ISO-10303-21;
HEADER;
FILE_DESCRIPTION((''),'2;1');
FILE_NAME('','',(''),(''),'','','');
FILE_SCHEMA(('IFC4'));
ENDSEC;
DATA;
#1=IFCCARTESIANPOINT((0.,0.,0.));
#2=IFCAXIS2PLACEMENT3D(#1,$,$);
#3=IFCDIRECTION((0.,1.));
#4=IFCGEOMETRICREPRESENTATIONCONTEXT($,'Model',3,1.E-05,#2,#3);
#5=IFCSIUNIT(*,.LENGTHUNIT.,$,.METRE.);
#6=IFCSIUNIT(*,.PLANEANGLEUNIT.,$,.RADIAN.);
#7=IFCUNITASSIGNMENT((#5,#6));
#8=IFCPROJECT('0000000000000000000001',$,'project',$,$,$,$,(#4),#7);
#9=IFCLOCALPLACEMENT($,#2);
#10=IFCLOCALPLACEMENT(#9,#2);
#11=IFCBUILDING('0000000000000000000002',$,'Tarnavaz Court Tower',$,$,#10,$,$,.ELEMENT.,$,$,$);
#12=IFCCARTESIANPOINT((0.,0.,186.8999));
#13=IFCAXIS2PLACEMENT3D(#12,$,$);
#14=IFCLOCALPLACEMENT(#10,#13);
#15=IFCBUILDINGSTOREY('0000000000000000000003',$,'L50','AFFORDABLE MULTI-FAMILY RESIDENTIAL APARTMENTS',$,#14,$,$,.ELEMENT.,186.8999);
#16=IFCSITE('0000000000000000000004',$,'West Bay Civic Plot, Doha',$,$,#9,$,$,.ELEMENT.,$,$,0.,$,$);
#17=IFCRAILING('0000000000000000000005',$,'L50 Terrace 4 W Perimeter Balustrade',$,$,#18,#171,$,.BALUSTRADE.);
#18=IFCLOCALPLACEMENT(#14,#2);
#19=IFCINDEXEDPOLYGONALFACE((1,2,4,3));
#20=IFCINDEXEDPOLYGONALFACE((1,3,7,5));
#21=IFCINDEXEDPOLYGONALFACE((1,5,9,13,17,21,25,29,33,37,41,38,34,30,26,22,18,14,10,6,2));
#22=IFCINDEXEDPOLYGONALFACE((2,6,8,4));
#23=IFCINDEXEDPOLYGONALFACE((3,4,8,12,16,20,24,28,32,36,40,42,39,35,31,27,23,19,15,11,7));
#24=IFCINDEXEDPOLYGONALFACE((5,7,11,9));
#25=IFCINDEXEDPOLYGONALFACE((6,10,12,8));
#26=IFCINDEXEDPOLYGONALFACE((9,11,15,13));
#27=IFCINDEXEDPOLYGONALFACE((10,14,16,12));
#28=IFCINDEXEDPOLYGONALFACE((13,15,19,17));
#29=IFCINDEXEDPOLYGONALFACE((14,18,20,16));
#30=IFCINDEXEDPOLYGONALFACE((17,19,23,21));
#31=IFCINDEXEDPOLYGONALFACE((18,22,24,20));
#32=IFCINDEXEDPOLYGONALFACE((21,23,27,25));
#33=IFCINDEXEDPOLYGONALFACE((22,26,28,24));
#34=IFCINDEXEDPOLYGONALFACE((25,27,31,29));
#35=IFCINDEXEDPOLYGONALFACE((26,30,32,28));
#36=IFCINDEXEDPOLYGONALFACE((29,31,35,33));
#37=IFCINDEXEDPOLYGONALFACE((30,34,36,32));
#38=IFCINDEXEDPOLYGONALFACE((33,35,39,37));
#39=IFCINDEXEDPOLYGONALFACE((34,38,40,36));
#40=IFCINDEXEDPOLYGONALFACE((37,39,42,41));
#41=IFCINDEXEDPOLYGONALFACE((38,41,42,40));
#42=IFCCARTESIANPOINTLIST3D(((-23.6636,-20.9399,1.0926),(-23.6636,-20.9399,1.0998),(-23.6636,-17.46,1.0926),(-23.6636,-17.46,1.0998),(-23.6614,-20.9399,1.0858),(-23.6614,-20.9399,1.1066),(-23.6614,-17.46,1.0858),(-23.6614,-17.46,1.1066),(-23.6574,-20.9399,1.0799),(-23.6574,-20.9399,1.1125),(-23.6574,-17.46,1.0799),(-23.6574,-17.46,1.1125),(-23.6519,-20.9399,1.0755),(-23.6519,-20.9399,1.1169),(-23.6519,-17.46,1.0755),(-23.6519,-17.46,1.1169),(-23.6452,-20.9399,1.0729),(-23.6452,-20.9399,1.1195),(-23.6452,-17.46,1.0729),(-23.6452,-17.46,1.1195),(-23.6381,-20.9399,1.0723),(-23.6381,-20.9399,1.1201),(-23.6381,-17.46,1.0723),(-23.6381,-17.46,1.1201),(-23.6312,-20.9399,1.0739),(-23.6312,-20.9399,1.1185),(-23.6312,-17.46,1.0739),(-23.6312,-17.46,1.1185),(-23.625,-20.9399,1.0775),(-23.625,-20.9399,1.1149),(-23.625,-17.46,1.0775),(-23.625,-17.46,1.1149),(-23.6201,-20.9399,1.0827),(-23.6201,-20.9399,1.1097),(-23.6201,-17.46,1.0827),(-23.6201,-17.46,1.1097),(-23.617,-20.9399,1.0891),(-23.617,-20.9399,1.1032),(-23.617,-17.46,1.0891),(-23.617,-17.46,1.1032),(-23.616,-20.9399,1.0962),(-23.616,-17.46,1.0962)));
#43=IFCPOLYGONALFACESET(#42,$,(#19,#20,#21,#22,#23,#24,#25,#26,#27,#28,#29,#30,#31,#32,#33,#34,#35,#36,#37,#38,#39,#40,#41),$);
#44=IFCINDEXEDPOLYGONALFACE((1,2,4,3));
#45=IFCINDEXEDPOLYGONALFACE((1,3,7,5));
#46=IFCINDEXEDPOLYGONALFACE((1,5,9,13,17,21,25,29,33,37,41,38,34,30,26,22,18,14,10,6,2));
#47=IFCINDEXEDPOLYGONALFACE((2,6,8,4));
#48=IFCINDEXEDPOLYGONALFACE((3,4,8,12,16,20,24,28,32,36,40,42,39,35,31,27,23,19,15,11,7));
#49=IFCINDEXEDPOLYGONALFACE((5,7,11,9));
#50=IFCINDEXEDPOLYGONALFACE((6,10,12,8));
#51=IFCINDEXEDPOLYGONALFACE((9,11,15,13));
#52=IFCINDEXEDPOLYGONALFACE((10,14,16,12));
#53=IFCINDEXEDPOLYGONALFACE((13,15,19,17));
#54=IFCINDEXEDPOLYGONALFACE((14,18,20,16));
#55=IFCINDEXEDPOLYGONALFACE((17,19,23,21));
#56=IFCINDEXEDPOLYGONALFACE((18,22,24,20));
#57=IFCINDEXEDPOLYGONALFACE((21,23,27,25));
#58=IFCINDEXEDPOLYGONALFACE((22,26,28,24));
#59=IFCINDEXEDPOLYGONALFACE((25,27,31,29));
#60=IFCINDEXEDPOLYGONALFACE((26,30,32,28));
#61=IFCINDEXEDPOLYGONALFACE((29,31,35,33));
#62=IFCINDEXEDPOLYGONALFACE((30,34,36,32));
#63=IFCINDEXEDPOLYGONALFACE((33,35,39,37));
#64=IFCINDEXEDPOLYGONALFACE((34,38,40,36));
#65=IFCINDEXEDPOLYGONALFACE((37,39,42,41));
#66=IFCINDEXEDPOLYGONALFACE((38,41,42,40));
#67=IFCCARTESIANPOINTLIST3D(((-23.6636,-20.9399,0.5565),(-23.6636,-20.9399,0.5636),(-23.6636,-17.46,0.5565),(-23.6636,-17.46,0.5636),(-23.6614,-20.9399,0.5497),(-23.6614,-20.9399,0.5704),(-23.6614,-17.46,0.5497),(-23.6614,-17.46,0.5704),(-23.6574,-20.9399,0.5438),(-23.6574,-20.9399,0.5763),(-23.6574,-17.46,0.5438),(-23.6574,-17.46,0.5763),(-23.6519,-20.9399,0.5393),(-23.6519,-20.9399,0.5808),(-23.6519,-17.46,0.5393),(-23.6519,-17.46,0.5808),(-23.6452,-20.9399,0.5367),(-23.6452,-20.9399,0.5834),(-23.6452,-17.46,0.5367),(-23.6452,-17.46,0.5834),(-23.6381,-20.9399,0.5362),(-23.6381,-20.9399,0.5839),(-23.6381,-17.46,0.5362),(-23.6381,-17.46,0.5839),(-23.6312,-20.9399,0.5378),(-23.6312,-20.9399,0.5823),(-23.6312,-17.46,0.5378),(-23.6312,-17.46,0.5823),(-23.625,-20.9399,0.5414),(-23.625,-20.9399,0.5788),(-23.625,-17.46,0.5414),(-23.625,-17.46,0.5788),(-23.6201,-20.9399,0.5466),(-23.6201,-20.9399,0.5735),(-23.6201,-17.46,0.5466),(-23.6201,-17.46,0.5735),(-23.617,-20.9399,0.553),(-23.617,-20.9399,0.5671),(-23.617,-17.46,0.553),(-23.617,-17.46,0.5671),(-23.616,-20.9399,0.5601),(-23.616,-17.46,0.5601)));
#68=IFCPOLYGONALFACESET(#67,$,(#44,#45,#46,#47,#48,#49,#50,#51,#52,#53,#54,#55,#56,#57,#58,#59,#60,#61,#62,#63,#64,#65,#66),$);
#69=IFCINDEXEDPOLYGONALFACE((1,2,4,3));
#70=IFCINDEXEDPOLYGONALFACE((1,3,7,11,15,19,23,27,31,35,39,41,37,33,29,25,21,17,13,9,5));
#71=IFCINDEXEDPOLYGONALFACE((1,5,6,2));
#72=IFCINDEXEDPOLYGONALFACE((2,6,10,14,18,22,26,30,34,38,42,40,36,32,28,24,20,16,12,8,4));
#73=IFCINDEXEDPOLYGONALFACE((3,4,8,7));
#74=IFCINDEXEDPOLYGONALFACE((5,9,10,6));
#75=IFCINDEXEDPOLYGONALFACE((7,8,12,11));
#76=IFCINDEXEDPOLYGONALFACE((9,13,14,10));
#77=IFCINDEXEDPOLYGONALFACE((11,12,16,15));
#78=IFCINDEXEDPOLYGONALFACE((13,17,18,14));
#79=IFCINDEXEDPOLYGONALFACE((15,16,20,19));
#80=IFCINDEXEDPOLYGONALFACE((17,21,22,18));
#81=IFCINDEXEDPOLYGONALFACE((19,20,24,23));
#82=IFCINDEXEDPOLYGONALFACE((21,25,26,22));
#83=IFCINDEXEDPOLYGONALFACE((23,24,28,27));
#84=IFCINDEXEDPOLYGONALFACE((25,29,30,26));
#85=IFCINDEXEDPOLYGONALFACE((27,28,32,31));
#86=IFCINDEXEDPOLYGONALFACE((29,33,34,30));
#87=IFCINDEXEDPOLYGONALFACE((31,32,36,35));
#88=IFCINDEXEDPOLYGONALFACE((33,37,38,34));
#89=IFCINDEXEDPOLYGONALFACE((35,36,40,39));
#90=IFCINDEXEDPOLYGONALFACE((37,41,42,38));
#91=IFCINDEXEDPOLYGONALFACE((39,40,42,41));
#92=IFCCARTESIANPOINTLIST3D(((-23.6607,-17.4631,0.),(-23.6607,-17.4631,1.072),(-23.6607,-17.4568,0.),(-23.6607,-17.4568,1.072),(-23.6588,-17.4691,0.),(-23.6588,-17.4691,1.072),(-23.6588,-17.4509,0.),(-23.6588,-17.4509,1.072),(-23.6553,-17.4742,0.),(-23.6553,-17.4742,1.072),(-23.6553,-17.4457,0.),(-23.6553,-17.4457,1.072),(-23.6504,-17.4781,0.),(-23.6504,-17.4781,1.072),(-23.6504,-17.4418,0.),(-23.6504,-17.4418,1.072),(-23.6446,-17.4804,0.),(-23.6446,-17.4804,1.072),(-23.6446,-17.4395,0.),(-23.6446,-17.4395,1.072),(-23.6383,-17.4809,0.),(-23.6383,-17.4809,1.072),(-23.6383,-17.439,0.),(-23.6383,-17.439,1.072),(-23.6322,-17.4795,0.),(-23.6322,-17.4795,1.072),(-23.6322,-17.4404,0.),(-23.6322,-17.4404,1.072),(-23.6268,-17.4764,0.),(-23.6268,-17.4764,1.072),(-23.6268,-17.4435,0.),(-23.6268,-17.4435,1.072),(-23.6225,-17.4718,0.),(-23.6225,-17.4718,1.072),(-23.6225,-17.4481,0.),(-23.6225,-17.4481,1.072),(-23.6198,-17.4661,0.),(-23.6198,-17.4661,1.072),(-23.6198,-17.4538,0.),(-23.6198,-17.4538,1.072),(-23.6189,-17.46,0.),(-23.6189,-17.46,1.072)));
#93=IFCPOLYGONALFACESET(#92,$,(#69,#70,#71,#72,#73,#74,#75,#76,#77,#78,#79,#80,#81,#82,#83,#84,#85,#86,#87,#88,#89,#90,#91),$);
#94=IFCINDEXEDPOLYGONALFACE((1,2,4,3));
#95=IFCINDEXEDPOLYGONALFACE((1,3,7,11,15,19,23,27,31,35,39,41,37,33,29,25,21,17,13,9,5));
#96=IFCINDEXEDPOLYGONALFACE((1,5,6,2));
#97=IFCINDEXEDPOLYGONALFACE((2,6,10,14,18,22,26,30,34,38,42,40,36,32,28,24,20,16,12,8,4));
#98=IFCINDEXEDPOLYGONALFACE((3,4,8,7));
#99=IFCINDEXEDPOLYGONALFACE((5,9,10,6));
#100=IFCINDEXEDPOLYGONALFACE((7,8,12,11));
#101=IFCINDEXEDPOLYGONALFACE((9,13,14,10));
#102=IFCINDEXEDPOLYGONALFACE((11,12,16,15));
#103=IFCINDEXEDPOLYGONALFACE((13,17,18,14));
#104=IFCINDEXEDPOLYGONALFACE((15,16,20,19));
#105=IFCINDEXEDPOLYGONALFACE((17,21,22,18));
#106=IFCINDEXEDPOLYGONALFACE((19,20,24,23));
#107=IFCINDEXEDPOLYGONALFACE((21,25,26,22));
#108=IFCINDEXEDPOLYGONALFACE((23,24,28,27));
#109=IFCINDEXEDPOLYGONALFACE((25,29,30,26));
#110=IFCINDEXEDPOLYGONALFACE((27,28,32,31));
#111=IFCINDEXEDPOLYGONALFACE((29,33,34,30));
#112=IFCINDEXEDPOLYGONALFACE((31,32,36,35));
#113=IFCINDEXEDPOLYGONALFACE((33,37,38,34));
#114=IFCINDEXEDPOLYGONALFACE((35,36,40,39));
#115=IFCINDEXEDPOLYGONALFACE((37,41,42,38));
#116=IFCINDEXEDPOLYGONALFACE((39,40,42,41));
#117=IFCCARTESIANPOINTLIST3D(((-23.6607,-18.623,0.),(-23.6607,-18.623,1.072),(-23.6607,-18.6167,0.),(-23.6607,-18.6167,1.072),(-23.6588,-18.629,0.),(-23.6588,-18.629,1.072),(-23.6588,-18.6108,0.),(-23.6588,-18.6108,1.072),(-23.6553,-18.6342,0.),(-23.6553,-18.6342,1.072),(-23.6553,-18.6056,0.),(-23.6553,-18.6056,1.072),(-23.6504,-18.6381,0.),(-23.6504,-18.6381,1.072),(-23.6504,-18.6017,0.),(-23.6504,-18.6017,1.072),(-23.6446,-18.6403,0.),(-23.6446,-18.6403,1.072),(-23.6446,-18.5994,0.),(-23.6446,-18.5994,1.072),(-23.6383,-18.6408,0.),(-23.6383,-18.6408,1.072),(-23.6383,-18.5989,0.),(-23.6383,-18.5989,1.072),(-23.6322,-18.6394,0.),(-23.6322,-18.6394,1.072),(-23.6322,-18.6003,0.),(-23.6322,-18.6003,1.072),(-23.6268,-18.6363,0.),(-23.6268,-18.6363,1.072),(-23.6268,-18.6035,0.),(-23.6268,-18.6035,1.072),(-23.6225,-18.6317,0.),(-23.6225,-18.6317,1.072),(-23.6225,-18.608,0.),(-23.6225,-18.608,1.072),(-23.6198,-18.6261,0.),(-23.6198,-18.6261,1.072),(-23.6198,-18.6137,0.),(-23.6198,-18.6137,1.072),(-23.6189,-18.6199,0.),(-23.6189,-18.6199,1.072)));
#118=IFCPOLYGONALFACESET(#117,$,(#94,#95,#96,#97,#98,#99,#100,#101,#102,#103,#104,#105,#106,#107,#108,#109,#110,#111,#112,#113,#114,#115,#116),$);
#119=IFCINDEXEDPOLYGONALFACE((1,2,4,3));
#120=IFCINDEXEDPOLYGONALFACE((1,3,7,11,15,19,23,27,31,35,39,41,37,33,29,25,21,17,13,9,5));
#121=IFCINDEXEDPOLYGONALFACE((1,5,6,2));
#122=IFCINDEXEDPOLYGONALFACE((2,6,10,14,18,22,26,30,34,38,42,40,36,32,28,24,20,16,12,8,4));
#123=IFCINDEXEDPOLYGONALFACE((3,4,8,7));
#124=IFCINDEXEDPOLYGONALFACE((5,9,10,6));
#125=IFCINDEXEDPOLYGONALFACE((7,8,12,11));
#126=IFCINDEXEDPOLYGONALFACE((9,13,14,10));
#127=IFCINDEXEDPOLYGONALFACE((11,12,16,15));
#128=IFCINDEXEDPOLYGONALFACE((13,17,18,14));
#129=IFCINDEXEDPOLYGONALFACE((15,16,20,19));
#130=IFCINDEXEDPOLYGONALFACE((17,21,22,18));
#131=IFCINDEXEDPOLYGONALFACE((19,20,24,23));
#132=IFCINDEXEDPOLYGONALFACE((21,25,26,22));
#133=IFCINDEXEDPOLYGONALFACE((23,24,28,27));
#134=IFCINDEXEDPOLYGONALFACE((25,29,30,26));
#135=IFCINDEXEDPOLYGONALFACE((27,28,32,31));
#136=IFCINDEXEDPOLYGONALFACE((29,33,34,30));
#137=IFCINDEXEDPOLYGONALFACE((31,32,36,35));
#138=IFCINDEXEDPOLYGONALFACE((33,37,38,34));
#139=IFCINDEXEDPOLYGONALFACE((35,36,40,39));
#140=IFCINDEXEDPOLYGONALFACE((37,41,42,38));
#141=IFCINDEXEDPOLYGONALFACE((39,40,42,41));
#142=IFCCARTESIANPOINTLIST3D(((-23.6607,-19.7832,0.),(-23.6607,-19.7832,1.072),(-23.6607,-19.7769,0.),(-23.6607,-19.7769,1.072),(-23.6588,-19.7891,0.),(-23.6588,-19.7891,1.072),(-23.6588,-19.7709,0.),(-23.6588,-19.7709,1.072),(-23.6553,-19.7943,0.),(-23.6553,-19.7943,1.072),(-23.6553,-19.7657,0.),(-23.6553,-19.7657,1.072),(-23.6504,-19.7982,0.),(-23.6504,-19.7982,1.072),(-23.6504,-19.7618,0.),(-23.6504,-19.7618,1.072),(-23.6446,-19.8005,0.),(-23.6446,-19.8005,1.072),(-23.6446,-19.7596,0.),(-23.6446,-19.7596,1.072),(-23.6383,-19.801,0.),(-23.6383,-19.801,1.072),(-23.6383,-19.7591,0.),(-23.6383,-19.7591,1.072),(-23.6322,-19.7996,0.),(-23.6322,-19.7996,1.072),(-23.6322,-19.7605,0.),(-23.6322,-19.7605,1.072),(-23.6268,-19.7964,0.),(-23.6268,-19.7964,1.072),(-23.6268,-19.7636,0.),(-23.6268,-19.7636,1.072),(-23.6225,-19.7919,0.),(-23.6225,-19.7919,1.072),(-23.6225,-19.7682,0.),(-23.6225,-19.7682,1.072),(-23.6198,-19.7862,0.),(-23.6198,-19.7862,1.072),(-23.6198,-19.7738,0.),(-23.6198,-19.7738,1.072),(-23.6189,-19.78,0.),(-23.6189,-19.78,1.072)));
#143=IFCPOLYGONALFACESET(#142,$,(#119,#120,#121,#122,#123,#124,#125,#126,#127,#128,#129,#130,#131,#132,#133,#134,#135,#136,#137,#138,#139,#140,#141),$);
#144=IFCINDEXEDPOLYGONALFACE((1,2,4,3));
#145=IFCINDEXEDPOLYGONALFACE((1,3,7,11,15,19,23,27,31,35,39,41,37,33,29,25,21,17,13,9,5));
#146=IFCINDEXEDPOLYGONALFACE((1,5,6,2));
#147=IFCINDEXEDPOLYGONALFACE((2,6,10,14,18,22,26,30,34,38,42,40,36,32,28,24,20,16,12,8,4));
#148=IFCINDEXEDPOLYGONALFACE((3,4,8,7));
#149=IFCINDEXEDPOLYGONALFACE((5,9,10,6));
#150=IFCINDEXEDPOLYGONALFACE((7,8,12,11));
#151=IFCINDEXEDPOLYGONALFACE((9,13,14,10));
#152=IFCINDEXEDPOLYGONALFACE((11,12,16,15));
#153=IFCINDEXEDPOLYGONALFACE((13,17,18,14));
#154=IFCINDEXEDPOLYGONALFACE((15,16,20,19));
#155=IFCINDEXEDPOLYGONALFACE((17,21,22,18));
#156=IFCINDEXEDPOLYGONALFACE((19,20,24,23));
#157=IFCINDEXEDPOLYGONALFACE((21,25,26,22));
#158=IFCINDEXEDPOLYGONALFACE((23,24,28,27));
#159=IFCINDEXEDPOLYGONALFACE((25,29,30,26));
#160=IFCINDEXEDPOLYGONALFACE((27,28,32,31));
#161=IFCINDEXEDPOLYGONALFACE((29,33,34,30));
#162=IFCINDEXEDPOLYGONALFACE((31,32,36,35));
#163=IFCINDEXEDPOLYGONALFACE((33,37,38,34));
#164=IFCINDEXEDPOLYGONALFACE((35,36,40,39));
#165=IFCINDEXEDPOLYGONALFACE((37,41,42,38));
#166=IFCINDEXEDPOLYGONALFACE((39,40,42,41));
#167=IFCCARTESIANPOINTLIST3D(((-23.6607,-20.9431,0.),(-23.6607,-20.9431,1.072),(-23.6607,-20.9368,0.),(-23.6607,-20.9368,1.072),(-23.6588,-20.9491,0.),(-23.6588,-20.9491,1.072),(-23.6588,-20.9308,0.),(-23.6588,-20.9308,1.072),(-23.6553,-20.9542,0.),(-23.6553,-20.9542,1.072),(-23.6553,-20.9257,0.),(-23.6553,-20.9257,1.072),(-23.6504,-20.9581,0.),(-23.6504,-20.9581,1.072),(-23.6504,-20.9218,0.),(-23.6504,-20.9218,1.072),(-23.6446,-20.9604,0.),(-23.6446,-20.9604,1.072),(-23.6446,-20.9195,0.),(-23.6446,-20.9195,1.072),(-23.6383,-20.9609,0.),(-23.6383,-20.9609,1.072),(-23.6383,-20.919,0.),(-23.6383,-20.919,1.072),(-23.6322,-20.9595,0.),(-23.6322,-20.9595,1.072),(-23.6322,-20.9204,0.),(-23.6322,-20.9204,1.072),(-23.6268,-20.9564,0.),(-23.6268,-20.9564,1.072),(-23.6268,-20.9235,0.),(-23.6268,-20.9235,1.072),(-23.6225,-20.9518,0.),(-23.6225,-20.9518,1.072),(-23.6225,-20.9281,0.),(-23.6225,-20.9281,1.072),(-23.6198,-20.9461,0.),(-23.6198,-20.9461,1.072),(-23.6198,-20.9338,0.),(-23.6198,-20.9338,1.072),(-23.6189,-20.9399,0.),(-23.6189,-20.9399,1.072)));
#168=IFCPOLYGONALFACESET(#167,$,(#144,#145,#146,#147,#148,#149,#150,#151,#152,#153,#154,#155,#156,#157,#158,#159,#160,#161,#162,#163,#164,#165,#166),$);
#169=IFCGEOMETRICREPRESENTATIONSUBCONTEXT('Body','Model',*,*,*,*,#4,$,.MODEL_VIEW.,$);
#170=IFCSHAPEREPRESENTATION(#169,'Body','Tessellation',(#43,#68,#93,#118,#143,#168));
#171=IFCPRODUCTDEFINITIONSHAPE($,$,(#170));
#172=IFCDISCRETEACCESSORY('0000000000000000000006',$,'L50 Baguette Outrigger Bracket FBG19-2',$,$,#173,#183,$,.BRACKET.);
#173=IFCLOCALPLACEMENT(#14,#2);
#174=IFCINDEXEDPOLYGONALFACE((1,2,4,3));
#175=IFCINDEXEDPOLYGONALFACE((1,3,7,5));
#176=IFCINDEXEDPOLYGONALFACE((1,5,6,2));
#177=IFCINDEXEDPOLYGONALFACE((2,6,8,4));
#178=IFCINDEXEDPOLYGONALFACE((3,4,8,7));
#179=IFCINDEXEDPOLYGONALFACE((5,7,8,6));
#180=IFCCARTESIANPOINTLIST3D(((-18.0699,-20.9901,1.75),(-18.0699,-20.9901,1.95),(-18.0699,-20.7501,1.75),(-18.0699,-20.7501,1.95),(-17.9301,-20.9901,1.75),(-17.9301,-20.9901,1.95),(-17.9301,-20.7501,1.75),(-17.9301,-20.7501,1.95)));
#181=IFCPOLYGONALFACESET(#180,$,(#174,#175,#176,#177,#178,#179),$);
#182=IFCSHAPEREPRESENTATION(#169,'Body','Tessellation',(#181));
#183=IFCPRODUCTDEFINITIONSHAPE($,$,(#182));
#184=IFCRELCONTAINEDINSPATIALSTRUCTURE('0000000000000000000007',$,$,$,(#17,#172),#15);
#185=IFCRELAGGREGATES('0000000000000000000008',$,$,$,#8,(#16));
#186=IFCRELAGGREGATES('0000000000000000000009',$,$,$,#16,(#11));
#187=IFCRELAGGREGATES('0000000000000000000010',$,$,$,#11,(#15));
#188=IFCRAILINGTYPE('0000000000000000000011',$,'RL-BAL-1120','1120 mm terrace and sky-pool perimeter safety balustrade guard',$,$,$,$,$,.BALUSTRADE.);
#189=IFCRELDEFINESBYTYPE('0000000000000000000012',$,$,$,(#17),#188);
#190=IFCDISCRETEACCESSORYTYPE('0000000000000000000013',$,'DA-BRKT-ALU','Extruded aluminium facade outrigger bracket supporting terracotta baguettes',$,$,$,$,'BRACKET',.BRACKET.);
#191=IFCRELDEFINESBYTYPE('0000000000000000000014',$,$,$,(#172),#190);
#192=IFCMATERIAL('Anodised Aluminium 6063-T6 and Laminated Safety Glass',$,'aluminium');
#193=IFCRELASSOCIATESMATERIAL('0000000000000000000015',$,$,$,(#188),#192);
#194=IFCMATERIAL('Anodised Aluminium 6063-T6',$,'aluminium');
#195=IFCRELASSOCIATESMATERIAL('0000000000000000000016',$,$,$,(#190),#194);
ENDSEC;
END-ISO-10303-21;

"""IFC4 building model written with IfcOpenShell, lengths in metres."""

from ifc_helpers import new_model, si_unit, direction, frame, origin, origin_2d, place, context, subcontext, project, spatial, rectangle, circle, extrude, material, type_object, element, save


model = new_model("IFC4")

# Units and contexts
model_context = context("Model", 3, precision=1e-05, world=origin(), true_north=direction((0.0, 1.0)))
body_context = subcontext(model_context, "Body", "Model", "MODEL_VIEW")
ifc_project = project(units=[si_unit("LENGTHUNIT", "METRE"), si_unit("PLANEANGLEUNIT", "RADIAN")], contexts=[model_context])

# Site, building, storey
site_placement = place(None, origin())
site = spatial("IfcSite", under=ifc_project, at=site_placement, Name="West Bay Civic Plot, Doha", CompositionType="ELEMENT", RefElevation=0.0)
building_placement = place(site_placement, origin())
building = spatial("IfcBuilding", under=site, at=building_placement, Name="Tarnavaz Court Tower", CompositionType="ELEMENT")
storey_placement = place(building_placement, frame((0.0, 0.0, 186.8999)))
storey = spatial("IfcBuildingStorey", under=building, at=storey_placement, Name="L50", Description="AFFORDABLE MULTI-FAMILY RESIDENTIAL APARTMENTS", CompositionType="ELEMENT", Elevation=186.8999)

# Railing
ifc_material_1 = material(Name="Anodised Aluminium 6063-T6 and Laminated Safety Glass", Category="aluminium")
railing_type = type_object("IfcRailingType", Name="RL-BAL-1120", Description="1120 mm terrace and sky-pool perimeter safety balustrade guard", PredefinedType="BALUSTRADE", material=ifc_material_1)
railing_1_placement = place(storey_placement, frame((-23.6399, -17.46, 0.0)))
element("IfcRailing", 1, at=railing_1_placement, inside=storey, type_object=railing_type, Name="L50 Terrace 4 W Perimeter Balustrade", PredefinedType="BALUSTRADE", context=body_context, shape_type="SweptSolid", body=[
    extrude(circle(Radius=0.0239, at=origin_2d()), frame((0.0, 0.0, 1.0962), z_axis=(0.0, -1.0, 0.0), x_axis=(1.0, 0.0, 0.0)), (0.0, 0.0, 1.0), 3.48),
    extrude(circle(Radius=0.0239, at=origin_2d()), frame((0.0, 0.0, 0.5601), z_axis=(0.0, -1.0, 0.0), x_axis=(1.0, 0.0, 0.0)), (0.0, 0.0, 1.0), 3.48),
    extrude(circle(Radius=0.021, at=origin_2d()), origin(), (0.0, 0.0, 1.0), 1.072),
    extrude(circle(Radius=0.021, at=origin_2d()), frame((0.0, -1.1599, 0.0)), (0.0, 0.0, 1.0), 1.072),
    extrude(circle(Radius=0.021, at=origin_2d()), frame((0.0, -2.3201, 0.0)), (0.0, 0.0, 1.0), 1.072),
    extrude(circle(Radius=0.021, at=origin_2d()), frame((0.0, -3.48, 0.0)), (0.0, 0.0, 1.0), 1.072),
])

# Discrete accessory
ifc_material_2 = material(Name="Anodised Aluminium 6063-T6", Category="aluminium")
discrete_accessory_type = type_object("IfcDiscreteAccessoryType", Name="DA-BRKT-ALU", Description="Extruded aluminium facade outrigger bracket supporting terracotta baguettes", ElementType="BRACKET", PredefinedType="BRACKET", material=ifc_material_2)
discrete_accessory_placement = place(storey_placement, frame((-18.0, -20.8701, 1.75), z_axis=(0.0, 0.0, 1.0), x_axis=(-1.0, 0.0, 0.0)))
element("IfcDiscreteAccessory", 2, at=discrete_accessory_placement, inside=storey, type_object=discrete_accessory_type, Name="L50 Baguette Outrigger Bracket FBG19-2", PredefinedType="BRACKET", context=body_context, shape_type="SweptSolid", body=[
    extrude(rectangle(XDim=0.1399, YDim=0.24, at=origin_2d()), origin(), (0.0, 0.0, 1.0), 0.2),
])

save(model, "model.ifc")
